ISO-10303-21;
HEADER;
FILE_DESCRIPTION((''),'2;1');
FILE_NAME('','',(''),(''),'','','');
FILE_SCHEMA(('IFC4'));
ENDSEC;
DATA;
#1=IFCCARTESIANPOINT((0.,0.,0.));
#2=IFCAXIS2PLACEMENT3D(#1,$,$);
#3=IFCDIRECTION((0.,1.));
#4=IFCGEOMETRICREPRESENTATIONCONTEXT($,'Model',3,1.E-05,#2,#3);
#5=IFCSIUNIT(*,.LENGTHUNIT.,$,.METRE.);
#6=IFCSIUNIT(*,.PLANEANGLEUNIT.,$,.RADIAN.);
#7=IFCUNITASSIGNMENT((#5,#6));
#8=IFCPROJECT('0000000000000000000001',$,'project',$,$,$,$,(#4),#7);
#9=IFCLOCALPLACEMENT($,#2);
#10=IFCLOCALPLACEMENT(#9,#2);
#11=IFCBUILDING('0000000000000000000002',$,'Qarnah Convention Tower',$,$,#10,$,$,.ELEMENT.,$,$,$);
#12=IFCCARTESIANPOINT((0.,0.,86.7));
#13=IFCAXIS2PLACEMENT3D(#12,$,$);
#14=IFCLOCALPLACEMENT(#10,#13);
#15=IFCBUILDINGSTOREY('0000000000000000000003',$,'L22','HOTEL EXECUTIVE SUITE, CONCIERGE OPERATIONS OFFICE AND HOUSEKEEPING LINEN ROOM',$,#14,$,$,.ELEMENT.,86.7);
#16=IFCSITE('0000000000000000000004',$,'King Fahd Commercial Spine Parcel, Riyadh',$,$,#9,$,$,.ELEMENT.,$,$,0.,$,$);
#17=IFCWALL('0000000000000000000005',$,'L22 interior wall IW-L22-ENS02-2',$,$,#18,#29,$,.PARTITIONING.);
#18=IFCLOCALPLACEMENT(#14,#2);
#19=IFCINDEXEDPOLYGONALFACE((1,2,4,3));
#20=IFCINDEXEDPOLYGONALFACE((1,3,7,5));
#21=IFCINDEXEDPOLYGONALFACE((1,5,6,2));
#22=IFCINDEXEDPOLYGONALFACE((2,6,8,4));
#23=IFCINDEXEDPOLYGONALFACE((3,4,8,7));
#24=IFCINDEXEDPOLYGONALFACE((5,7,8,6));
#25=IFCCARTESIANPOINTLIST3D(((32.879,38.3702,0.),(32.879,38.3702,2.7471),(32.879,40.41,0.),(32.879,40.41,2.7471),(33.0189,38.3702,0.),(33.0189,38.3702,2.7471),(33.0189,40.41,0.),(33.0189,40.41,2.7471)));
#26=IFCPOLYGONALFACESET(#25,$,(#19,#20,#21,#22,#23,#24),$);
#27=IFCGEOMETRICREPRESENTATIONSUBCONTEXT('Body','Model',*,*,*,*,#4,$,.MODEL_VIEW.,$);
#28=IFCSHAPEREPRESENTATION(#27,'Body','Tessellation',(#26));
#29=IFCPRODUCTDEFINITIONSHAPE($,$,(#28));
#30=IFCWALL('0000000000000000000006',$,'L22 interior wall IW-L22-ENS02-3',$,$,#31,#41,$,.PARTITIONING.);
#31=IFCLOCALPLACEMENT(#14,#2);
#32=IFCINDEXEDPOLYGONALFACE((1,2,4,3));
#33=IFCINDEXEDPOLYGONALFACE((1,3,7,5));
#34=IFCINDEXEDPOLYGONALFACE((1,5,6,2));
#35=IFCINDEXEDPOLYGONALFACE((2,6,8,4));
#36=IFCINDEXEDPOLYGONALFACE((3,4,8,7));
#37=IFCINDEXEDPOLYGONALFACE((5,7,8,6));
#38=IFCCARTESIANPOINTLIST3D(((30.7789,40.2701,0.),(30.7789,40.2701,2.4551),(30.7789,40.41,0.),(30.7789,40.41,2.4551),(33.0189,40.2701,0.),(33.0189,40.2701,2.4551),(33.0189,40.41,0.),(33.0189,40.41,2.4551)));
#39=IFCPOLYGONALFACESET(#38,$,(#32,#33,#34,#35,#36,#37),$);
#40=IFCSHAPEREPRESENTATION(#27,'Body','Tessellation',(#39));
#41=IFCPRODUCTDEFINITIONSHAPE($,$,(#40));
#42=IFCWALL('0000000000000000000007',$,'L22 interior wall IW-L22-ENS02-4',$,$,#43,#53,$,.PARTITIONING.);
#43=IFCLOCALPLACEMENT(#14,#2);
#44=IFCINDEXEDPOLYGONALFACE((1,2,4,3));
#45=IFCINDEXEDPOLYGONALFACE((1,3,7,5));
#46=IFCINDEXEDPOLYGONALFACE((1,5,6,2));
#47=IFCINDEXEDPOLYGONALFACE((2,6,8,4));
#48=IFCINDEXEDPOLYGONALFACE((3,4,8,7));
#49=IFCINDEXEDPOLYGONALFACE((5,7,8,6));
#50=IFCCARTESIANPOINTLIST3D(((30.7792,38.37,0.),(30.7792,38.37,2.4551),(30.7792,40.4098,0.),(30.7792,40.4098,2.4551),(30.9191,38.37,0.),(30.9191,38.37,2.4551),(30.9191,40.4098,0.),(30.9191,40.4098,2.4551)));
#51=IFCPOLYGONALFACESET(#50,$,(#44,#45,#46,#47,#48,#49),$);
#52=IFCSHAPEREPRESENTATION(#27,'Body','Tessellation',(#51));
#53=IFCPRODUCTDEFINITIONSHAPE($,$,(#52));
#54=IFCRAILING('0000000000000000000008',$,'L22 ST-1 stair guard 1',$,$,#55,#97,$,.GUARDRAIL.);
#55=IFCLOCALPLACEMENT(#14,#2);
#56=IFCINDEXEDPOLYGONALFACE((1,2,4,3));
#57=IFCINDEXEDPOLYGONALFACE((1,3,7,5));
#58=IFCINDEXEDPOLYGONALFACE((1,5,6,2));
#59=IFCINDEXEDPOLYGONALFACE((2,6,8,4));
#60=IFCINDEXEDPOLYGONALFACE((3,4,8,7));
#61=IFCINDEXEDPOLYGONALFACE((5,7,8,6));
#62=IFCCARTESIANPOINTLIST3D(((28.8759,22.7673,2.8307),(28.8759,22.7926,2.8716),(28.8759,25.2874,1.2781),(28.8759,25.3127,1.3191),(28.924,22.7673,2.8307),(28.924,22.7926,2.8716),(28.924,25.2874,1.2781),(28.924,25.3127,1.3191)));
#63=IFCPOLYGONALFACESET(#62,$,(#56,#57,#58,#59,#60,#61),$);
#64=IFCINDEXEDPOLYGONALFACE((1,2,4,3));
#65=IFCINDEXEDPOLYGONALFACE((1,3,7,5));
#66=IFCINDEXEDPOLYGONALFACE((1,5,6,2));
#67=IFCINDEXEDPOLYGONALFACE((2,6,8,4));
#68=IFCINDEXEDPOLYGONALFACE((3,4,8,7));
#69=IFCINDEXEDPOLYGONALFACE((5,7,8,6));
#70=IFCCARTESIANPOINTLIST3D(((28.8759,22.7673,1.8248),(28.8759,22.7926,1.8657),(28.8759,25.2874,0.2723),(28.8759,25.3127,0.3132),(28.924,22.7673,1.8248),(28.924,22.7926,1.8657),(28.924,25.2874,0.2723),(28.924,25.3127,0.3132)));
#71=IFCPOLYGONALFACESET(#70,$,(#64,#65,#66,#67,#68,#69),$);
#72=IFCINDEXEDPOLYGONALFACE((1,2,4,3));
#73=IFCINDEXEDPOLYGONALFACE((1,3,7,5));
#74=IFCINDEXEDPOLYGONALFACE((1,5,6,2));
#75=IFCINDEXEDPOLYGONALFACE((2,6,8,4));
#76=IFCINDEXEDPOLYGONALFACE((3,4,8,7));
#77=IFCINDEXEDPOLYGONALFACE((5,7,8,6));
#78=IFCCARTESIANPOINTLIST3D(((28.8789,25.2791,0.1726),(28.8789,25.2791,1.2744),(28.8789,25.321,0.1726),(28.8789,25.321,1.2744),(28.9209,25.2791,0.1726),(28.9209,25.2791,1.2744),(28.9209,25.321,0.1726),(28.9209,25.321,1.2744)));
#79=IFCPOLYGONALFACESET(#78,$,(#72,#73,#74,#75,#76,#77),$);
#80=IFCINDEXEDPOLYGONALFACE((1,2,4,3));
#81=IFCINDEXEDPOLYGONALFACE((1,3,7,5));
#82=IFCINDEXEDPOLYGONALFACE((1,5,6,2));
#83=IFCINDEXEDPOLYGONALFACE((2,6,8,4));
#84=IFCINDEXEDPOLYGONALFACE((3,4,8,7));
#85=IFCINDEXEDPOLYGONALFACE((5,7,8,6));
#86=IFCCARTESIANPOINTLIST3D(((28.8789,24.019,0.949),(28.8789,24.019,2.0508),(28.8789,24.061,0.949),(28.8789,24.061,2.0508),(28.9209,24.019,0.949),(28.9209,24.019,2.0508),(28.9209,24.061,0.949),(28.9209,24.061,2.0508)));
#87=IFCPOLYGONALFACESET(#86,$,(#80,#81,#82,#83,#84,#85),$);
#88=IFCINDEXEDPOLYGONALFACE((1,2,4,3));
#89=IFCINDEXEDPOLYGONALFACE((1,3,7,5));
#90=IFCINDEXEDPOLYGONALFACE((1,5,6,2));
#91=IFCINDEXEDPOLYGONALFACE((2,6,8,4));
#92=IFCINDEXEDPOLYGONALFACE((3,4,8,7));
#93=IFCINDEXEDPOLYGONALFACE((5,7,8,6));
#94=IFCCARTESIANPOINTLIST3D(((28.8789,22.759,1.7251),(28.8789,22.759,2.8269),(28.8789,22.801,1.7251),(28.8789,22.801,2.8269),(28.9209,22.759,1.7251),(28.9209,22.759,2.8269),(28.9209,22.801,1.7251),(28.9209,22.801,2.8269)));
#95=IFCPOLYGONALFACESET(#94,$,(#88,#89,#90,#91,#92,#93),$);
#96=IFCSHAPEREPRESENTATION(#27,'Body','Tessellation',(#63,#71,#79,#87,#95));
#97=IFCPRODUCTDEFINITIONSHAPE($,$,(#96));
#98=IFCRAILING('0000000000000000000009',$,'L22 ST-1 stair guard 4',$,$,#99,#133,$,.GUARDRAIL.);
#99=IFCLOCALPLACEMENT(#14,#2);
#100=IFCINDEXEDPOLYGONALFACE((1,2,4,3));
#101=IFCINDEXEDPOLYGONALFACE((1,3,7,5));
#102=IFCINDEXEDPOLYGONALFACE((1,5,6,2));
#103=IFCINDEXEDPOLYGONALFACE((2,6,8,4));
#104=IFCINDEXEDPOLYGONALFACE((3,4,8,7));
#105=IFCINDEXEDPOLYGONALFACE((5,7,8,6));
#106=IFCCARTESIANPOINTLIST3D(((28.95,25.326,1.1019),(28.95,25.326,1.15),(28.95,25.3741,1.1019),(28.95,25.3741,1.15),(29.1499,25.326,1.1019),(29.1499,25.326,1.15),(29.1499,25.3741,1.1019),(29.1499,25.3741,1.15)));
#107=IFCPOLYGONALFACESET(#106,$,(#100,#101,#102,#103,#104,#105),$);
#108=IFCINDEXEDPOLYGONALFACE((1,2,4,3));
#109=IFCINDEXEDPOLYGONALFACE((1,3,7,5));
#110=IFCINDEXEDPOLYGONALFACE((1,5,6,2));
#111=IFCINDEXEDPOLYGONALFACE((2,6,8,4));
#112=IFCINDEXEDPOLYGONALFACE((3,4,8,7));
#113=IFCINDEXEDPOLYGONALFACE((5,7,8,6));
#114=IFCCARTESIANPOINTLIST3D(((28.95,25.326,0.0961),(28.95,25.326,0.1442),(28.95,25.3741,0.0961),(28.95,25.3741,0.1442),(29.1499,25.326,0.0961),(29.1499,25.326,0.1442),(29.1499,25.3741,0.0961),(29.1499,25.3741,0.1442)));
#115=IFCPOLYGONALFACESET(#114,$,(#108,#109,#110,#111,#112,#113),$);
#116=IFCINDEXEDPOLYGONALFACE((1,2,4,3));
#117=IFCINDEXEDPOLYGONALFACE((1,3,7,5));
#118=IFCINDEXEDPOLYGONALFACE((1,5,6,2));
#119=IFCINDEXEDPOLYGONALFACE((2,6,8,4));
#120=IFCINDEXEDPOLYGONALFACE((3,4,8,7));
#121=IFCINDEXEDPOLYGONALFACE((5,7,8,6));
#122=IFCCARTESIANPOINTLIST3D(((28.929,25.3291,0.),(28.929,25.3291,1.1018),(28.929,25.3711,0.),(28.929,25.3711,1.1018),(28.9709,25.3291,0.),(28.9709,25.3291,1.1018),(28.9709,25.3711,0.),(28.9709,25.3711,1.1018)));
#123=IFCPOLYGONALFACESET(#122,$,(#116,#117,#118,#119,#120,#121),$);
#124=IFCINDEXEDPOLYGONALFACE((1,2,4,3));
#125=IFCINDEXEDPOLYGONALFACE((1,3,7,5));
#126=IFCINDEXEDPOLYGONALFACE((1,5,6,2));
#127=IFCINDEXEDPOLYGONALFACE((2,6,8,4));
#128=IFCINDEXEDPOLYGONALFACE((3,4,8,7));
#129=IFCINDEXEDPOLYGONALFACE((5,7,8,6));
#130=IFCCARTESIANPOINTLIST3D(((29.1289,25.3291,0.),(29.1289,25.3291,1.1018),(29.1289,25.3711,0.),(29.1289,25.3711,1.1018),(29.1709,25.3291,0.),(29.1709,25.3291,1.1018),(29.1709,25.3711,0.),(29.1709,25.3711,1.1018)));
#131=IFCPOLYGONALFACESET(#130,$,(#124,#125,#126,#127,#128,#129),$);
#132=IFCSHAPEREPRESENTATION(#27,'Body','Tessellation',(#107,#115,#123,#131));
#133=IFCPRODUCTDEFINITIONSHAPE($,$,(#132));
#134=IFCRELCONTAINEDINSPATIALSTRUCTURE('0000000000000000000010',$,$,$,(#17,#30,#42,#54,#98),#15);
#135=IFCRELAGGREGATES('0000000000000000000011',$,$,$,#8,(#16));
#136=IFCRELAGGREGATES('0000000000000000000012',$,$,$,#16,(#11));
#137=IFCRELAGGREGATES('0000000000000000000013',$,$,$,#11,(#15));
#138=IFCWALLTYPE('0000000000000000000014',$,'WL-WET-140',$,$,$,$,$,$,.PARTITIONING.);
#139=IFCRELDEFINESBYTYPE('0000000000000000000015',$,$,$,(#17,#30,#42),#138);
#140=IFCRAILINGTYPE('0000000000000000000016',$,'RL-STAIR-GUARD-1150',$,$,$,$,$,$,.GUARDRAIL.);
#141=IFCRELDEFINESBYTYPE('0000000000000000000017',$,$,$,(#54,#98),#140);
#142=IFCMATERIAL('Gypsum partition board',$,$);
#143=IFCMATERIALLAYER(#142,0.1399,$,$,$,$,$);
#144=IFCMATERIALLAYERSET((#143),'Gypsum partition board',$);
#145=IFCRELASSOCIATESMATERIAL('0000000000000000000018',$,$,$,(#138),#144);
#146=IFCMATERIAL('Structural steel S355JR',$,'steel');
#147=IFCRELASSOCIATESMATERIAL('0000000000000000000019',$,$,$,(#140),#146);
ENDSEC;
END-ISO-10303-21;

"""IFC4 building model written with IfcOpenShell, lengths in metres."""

from ifc_helpers import new_model, si_unit, direction, frame, frame_2d, origin, origin_2d, place, context, subcontext, project, spatial, rectangle, extrude, material, layer, layer_set, type_object, element, save


model = new_model("IFC4")

# Units and contexts
model_context = context("Model", 3, precision=1e-05, world=origin(), true_north=direction((0.0, 1.0)))
body_context = subcontext(model_context, "Body", "Model", "MODEL_VIEW")
ifc_project = project(units=[si_unit("LENGTHUNIT", "METRE"), si_unit("PLANEANGLEUNIT", "RADIAN")], contexts=[model_context])

# Site, building, storey
site_placement = place(None, origin())
site = spatial("IfcSite", under=ifc_project, at=site_placement, Name="King Fahd Commercial Spine Parcel, Riyadh", CompositionType="ELEMENT", RefElevation=0.0)
building_placement = place(site_placement, origin())
building = spatial("IfcBuilding", under=site, at=building_placement, Name="Qarnah Convention Tower", CompositionType="ELEMENT")
storey_placement = place(building_placement, frame((0.0, 0.0, 86.7)))
storey = spatial("IfcBuildingStorey", under=building, at=storey_placement, Name="L22", Description="HOTEL EXECUTIVE SUITE, CONCIERGE OPERATIONS OFFICE AND HOUSEKEEPING LINEN ROOM", CompositionType="ELEMENT", Elevation=86.7)

# Shared definitions
ifc_material_1 = material(Name="Structural steel S355JR", Category="steel")

# Shared definitions
ifc_material_2 = material(Name="Gypsum partition board")

# Shared definitions
ifc_layer_1 = layer(ifc_material_2, 0.1399)
ifc_layer_set_1 = layer_set([ifc_layer_1], Name="Gypsum partition board")
wall_type_1 = type_object("IfcWallType", Name="WL-WET-140", PredefinedType="PARTITIONING", material=ifc_layer_set_1)

# Walls
wall_1_placement = place(storey_placement, frame((32.949, 38.3701, 0.0), z_axis=(0.0, 0.0, 1.0), x_axis=(0.0, 1.0, 0.0)))
element("IfcWall", 1, at=wall_1_placement, inside=storey, type_object=wall_type_1, Name="L22 interior wall IW-L22-ENS02-2", PredefinedType="PARTITIONING", context=body_context, shape_type="SweptSolid", body=[
    extrude(rectangle(XDim=2.0398, YDim=0.1399, at=frame_2d((1.02, 0.0))), origin(), (0.0, 0.0, 1.0), 2.7471),
])
wall_2_placement = place(storey_placement, frame((33.019, 40.3401, 0.0), z_axis=(0.0, 0.0, 1.0), x_axis=(-1.0, 0.0, 0.0)))
element("IfcWall", 2, at=wall_2_placement, inside=storey, type_object=wall_type_1, Name="L22 interior wall IW-L22-ENS02-3", PredefinedType="PARTITIONING", context=body_context, shape_type="SweptSolid", body=[
    extrude(rectangle(XDim=2.24, YDim=0.1399, at=frame_2d((1.1201, 0.0))), origin(), (0.0, 0.0, 1.0), 2.4551),
])
wall_3_placement = place(storey_placement, frame((30.8491, 40.4099, 0.0), z_axis=(0.0, 0.0, 1.0), x_axis=(0.0, -1.0, 0.0)))
element("IfcWall", 3, at=wall_3_placement, inside=storey, type_object=wall_type_1, Name="L22 interior wall IW-L22-ENS02-4", PredefinedType="PARTITIONING", context=body_context, shape_type="SweptSolid", body=[
    extrude(rectangle(XDim=2.0398, YDim=0.1399, at=frame_2d((1.02, 0.0))), origin(), (0.0, 0.0, 1.0), 2.4551),
])

# Railings
railing_type = type_object("IfcRailingType", Name="RL-STAIR-GUARD-1150", PredefinedType="GUARDRAIL", material=ifc_material_1)
railing_1_placement = place(storey_placement, frame((28.8999, 25.3, 0.1726)))
element("IfcRailing", 4, at=railing_1_placement, inside=storey, type_object=railing_type, Name="L22 ST-1 stair guard 1", PredefinedType="GUARDRAIL", context=body_context, shape_type="SweptSolid", body=[
    extrude(rectangle(XDim=0.0481, YDim=0.0481, at=origin_2d()), frame((0.0, 0.0, 1.126), z_axis=(0.0, -0.8514, 0.524516), x_axis=(1.0, 0.0, 0.0)), (0.0, 0.0, 1.0), 2.96),
    extrude(rectangle(XDim=0.0481, YDim=0.0481, at=origin_2d()), frame((0.0, 0.0, 0.1201), z_axis=(0.0, -0.8514, 0.524516), x_axis=(1.0, 0.0, 0.0)), (0.0, 0.0, 1.0), 2.96),
    extrude(rectangle(XDim=0.042, YDim=0.042, at=origin_2d()), origin(), (0.0, 0.0, 1.0), 1.1018),
    extrude(rectangle(XDim=0.042, YDim=0.042, at=origin_2d()), frame((0.0, -1.26, 0.7764)), (0.0, 0.0, 1.0), 1.1018),
    extrude(rectangle(XDim=0.042, YDim=0.042, at=origin_2d()), frame((0.0, -2.52, 1.5525)), (0.0, 0.0, 1.0), 1.1018),
])
railing_2_placement = place(storey_placement, frame((28.95, 25.3501, 0.0)))
element("IfcRailing", 5, at=railing_2_placement, inside=storey, type_object=railing_type, Name="L22 ST-1 stair guard 4", PredefinedType="GUARDRAIL", context=body_context, shape_type="SweptSolid", body=[
    extrude(rectangle(XDim=0.0481, YDim=0.0481, at=origin_2d()), frame((0.0, 0.0, 1.126), z_axis=(1.0, 0.0, 0.0), x_axis=(0.0, 1.0, 0.0)), (0.0, 0.0, 1.0), 0.2),
    extrude(rectangle(XDim=0.0481, YDim=0.0481, at=origin_2d()), frame((0.0, 0.0, 0.1201), z_axis=(1.0, 0.0, 0.0), x_axis=(0.0, 1.0, 0.0)), (0.0, 0.0, 1.0), 0.2),
    extrude(rectangle(XDim=0.042, YDim=0.042, at=origin_2d()), origin(), (0.0, 0.0, 1.0), 1.1018),
    extrude(rectangle(XDim=0.042, YDim=0.042, at=origin_2d()), frame((0.2, 0.0, 0.0)), (0.0, 0.0, 1.0), 1.1018),
])

save(model, "model.ifc")
